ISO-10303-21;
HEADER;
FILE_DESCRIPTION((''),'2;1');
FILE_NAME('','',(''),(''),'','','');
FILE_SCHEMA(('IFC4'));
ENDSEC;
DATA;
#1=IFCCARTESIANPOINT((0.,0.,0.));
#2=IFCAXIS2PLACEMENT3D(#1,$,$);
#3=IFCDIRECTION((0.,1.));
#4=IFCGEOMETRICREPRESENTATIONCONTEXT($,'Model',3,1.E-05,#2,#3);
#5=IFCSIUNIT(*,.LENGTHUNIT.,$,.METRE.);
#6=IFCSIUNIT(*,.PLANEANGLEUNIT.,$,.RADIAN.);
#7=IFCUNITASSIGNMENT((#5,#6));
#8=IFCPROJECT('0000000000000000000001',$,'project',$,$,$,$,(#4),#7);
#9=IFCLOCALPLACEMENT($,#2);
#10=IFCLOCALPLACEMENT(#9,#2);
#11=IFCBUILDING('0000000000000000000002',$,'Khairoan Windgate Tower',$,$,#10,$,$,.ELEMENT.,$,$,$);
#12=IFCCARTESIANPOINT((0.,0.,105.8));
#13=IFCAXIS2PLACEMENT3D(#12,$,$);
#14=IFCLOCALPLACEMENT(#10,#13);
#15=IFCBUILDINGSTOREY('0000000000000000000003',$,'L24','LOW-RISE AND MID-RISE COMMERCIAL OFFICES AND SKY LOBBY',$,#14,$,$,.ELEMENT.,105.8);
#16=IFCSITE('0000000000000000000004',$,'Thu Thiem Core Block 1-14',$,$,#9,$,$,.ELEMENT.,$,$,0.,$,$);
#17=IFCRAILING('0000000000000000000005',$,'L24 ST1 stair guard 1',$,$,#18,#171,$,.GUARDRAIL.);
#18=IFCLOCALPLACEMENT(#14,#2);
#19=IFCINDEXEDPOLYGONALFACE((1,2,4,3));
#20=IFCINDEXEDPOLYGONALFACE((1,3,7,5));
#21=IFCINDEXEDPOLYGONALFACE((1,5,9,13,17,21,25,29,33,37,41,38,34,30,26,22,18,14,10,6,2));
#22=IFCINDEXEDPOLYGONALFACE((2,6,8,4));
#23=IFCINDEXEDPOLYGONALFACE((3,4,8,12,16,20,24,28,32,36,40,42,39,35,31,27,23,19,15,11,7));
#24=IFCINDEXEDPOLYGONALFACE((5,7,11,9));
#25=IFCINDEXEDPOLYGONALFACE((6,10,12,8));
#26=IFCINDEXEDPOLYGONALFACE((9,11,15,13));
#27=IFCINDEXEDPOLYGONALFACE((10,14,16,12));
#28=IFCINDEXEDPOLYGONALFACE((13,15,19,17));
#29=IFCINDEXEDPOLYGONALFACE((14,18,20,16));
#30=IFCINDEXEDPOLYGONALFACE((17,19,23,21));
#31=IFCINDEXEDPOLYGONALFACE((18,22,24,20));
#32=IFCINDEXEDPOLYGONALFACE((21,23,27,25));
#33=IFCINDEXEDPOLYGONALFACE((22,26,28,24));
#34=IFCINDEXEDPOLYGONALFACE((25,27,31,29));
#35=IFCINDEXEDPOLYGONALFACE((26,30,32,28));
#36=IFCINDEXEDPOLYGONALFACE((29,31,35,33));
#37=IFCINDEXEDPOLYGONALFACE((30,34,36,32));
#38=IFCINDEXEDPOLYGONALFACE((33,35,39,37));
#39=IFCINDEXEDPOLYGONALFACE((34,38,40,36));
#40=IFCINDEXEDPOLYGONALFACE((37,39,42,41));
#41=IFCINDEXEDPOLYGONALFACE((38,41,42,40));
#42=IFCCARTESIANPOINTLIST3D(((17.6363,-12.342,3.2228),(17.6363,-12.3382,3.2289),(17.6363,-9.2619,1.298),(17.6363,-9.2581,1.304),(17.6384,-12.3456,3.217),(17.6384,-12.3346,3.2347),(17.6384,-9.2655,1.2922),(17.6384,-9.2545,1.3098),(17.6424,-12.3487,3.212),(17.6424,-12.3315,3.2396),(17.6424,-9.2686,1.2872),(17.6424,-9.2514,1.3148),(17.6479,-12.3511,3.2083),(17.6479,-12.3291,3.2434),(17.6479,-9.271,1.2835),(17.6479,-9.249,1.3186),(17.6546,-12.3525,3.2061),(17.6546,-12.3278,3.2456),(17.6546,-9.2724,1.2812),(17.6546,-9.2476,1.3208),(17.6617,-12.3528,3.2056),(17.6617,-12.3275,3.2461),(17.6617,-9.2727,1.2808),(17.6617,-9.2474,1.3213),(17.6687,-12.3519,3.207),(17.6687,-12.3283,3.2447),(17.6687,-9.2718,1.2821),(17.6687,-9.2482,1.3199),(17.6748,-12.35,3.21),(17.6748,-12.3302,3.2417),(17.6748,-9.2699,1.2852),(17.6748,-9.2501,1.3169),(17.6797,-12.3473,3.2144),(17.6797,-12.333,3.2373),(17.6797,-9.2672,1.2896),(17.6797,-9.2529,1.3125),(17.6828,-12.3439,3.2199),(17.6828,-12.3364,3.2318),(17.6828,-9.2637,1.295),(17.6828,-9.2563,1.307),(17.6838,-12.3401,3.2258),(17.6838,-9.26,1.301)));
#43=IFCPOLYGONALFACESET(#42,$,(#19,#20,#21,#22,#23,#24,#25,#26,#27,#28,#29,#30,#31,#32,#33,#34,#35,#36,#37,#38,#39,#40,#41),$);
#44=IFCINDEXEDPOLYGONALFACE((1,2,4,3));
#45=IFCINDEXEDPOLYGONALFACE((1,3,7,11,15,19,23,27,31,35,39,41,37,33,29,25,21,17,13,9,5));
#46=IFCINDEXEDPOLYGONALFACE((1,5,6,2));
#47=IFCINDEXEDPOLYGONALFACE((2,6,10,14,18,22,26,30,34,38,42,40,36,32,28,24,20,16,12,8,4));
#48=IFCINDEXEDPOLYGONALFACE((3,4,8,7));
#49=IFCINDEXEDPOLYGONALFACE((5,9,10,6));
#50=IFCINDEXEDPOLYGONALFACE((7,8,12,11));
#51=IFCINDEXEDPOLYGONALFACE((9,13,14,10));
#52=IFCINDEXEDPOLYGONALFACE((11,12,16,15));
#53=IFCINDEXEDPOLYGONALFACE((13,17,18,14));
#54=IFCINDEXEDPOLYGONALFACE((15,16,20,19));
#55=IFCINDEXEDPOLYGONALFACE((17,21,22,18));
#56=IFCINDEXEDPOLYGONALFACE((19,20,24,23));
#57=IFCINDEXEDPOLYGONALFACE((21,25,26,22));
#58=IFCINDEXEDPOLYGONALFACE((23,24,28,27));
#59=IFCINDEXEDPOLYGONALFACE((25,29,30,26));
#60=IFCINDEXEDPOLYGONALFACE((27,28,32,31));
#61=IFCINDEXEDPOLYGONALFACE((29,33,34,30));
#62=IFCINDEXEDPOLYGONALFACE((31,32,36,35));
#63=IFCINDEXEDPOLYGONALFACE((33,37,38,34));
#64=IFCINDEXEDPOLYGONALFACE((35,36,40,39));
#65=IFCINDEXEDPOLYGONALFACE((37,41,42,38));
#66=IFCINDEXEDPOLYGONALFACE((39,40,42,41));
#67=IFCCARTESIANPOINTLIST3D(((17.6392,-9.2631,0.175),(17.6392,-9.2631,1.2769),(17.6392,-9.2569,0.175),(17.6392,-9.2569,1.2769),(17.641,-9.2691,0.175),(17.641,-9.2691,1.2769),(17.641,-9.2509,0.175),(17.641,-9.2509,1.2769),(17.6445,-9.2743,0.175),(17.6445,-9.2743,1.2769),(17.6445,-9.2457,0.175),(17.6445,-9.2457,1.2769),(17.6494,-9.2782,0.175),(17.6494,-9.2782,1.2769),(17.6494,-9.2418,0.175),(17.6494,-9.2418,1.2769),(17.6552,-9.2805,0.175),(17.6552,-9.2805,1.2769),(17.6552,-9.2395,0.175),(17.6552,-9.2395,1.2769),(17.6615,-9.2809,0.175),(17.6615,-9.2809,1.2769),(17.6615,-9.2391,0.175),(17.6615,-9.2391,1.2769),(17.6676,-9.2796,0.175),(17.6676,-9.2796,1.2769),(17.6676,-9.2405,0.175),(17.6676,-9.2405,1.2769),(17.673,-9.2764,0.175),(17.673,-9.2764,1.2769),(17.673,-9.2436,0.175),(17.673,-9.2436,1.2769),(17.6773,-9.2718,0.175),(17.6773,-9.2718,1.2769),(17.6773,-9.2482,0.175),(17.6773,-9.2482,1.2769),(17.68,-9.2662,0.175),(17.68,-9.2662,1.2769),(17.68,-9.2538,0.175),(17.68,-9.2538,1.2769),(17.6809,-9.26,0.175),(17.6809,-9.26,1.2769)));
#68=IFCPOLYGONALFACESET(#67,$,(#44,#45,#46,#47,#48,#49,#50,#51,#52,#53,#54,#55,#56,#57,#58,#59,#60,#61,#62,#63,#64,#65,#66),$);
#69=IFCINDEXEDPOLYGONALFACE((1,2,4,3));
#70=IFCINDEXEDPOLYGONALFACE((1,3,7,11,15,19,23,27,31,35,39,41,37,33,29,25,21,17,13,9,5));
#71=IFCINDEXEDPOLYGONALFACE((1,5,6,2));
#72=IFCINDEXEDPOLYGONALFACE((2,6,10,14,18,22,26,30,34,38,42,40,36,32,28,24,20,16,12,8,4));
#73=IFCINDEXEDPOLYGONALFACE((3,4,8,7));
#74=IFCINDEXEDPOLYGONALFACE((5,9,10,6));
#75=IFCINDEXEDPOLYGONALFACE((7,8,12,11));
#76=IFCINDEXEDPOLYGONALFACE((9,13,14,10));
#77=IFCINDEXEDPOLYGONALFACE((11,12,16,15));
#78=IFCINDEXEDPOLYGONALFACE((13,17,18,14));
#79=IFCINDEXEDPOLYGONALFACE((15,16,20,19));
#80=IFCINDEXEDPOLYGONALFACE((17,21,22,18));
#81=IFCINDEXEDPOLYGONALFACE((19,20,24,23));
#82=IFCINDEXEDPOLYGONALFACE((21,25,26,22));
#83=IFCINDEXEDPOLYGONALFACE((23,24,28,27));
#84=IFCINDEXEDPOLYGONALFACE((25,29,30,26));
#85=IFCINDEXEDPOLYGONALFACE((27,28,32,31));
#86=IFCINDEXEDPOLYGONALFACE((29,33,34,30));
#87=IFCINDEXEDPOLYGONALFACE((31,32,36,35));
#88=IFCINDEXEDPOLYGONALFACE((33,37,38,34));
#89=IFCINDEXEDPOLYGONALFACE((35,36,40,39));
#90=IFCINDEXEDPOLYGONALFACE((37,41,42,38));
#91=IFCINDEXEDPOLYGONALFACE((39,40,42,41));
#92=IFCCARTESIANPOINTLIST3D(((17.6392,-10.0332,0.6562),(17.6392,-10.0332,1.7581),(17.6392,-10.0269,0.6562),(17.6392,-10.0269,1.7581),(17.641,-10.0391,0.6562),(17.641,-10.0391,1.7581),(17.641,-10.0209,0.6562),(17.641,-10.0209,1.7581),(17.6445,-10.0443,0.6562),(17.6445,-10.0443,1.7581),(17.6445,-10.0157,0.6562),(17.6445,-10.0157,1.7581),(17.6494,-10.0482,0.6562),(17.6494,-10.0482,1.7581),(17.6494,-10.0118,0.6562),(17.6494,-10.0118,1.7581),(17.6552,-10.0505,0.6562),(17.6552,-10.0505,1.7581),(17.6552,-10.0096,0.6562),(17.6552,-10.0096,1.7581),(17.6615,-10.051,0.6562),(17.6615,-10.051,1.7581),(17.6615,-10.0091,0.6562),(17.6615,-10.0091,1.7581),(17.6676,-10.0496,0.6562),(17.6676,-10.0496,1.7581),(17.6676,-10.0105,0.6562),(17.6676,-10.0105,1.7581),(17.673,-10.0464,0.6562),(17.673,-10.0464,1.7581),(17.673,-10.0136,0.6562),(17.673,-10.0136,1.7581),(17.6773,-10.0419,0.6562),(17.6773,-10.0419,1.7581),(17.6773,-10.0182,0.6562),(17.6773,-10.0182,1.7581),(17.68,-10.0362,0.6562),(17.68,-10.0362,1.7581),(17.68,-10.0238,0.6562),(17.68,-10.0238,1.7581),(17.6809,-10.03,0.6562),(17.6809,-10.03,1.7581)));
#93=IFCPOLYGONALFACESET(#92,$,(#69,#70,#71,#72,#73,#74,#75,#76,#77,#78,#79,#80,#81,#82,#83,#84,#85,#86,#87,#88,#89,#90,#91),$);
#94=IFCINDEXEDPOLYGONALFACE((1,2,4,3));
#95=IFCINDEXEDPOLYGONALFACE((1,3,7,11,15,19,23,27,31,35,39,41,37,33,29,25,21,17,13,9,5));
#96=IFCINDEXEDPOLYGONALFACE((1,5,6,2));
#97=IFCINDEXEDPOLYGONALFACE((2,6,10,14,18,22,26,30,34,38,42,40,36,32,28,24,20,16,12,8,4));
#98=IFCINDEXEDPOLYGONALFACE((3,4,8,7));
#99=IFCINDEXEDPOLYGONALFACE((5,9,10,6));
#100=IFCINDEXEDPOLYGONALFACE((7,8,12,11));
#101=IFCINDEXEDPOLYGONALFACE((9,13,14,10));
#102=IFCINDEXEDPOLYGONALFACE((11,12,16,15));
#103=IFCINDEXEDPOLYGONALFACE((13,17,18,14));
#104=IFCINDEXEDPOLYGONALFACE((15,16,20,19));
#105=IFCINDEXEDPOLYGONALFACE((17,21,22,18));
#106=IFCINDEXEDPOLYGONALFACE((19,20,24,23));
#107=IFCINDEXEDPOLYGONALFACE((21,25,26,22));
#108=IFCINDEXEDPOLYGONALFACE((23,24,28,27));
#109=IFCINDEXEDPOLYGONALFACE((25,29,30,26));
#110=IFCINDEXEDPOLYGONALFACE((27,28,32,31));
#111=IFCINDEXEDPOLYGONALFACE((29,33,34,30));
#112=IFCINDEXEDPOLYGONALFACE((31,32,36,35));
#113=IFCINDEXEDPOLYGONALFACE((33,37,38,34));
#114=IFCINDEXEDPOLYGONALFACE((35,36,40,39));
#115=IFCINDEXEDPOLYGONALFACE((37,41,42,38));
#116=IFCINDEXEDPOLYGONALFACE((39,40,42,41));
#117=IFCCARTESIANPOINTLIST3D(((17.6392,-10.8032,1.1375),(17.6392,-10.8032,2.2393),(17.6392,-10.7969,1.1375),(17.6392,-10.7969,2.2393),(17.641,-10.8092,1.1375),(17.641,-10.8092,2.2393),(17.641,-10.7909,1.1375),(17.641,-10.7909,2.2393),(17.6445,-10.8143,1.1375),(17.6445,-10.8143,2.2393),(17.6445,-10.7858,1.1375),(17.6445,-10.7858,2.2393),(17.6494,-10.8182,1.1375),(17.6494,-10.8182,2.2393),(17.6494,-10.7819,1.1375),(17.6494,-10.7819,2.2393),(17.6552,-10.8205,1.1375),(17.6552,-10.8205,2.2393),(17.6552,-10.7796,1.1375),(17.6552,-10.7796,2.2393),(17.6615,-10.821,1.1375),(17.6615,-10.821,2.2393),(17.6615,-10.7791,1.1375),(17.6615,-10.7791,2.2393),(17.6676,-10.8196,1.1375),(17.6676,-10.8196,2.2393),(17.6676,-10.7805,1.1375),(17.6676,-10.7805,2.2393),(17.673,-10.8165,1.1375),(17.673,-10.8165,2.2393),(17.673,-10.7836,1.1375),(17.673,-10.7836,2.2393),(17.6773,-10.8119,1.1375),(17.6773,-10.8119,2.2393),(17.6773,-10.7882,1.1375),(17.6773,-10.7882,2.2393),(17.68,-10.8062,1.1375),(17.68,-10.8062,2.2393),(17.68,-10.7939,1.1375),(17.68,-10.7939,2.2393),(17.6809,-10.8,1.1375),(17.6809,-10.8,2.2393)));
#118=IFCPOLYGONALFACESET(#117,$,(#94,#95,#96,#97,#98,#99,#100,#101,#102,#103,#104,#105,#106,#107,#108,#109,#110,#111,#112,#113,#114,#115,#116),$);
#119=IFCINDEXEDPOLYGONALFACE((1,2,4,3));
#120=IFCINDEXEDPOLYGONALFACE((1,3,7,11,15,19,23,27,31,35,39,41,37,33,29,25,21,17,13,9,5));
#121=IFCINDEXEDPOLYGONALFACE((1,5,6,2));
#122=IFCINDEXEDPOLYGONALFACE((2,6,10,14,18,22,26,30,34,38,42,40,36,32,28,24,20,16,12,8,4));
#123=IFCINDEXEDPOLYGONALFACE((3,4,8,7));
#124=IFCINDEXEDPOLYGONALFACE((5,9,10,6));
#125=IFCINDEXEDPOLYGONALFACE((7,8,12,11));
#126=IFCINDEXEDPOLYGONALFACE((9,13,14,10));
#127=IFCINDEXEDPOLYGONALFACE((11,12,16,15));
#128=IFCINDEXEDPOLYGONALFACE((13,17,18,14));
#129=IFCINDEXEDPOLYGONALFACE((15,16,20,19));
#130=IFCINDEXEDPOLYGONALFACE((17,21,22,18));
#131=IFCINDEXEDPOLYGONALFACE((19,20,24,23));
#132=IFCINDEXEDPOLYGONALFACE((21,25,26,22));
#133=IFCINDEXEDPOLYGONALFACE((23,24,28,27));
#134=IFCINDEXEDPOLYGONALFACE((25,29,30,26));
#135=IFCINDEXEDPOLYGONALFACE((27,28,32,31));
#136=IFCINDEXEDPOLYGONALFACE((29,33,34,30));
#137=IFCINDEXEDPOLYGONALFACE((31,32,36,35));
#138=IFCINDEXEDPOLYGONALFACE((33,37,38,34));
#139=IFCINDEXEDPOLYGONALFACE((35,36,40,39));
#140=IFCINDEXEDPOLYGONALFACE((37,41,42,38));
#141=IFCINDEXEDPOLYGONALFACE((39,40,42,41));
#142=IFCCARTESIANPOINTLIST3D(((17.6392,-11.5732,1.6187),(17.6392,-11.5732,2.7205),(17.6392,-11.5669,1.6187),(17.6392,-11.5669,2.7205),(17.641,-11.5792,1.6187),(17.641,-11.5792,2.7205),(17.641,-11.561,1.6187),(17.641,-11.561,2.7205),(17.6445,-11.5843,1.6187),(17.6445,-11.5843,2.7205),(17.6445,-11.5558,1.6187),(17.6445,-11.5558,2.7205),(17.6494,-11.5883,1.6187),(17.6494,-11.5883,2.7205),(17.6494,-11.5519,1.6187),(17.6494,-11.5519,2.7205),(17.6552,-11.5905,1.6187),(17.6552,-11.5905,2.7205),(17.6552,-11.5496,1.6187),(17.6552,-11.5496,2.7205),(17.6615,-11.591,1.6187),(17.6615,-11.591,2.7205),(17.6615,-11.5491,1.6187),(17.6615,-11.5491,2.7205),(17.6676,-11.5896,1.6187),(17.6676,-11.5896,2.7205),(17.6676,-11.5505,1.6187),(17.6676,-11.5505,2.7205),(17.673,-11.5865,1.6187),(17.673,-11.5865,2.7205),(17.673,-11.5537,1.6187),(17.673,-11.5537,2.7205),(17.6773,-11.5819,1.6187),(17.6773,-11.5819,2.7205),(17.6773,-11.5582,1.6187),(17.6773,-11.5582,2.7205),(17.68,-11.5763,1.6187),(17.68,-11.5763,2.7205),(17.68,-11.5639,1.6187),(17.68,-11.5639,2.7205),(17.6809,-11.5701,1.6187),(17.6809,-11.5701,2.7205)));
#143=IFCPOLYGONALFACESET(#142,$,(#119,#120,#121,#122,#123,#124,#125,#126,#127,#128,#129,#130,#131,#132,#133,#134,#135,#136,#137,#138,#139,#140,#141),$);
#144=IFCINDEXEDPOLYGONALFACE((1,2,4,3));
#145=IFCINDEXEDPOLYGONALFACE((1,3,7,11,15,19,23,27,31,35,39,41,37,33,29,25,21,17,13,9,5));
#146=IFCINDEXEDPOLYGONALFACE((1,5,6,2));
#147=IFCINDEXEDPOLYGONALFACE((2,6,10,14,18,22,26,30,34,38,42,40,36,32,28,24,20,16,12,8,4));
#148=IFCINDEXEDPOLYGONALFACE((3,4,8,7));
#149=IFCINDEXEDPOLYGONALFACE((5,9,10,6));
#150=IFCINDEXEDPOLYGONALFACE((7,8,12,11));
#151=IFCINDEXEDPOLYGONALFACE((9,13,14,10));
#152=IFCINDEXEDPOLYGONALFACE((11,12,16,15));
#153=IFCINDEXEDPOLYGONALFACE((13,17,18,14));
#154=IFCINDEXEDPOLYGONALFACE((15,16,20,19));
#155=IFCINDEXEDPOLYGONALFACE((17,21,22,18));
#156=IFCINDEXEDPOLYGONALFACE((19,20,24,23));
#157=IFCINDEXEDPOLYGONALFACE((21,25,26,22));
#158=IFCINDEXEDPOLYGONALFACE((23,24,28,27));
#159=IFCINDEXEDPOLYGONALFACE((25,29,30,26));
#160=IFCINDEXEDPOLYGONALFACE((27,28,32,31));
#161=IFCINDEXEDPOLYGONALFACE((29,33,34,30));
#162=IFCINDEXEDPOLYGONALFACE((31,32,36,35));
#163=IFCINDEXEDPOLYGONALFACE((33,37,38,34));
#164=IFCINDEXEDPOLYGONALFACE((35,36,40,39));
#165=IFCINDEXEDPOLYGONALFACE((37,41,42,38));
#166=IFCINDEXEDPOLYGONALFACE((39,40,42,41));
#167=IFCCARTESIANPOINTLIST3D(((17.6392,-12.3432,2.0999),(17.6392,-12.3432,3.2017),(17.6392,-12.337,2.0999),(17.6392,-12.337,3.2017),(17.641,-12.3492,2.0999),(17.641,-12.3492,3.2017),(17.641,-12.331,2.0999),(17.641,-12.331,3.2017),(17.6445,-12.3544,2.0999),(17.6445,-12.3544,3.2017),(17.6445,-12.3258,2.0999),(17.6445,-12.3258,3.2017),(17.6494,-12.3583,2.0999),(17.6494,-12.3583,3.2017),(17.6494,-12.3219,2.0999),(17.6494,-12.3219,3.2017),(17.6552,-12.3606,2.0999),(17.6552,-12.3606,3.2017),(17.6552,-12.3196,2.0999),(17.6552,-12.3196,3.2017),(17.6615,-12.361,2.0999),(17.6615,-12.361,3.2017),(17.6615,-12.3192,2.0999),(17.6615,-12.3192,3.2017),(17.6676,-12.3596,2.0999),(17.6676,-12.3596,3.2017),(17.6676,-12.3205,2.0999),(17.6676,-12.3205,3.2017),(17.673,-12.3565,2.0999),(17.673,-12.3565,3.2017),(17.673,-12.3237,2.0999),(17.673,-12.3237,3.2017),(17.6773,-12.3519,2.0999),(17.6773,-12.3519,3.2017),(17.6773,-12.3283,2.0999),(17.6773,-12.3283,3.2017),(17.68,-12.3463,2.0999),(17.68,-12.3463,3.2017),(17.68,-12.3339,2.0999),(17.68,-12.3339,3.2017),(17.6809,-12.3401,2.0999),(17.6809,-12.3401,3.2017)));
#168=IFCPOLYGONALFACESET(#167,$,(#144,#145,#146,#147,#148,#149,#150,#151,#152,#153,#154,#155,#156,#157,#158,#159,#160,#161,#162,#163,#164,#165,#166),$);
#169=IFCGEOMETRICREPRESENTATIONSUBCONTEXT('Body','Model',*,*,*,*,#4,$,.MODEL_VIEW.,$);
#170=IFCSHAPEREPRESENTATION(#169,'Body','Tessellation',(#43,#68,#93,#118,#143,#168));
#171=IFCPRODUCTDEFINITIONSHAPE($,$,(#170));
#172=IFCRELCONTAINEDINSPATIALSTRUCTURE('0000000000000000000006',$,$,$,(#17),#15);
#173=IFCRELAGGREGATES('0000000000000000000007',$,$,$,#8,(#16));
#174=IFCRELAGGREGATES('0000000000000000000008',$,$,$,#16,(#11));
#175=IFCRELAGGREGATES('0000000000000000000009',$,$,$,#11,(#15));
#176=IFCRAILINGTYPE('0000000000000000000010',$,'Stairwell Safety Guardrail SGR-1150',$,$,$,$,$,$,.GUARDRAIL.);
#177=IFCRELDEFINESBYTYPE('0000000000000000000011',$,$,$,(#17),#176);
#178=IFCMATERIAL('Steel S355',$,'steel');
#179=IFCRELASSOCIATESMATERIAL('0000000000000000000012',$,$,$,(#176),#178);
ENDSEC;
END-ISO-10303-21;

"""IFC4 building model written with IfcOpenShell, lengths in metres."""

from ifc_helpers import new_model, si_unit, direction, frame, origin, origin_2d, place, context, subcontext, project, spatial, circle, extrude, material, type_object, element, save


model = new_model("IFC4")

# Units and contexts
model_context = context("Model", 3, precision=1e-05, world=origin(), true_north=direction((0.0, 1.0)))
body_context = subcontext(model_context, "Body", "Model", "MODEL_VIEW")
ifc_project = project(units=[si_unit("LENGTHUNIT", "METRE"), si_unit("PLANEANGLEUNIT", "RADIAN")], contexts=[model_context])

# Site, building, storey
site_placement = place(None, origin())
site = spatial("IfcSite", under=ifc_project, at=site_placement, Name="Thu Thiem Core Block 1-14", CompositionType="ELEMENT", RefElevation=0.0)
building_placement = place(site_placement, origin())
building = spatial("IfcBuilding", under=site, at=building_placement, Name="Khairoan Windgate Tower", CompositionType="ELEMENT")
storey_placement = place(building_placement, frame((0.0, 0.0, 105.8)))
storey = spatial("IfcBuildingStorey", under=building, at=storey_placement, Name="L24", Description="LOW-RISE AND MID-RISE COMMERCIAL OFFICES AND SKY LOBBY", CompositionType="ELEMENT", Elevation=105.8)

# Railing
ifc_material_1 = material(Name="Steel S355", Category="steel")
railing_type_1 = type_object("IfcRailingType", Name="Stairwell Safety Guardrail SGR-1150", PredefinedType="GUARDRAIL", material=ifc_material_1)
railing_1_placement = place(storey_placement, frame((17.6599, -9.26, 0.175)))
element("IfcRailing", 1, at=railing_1_placement, inside=storey, type_object=railing_type_1, Name="L24 ST1 stair guard 1", PredefinedType="GUARDRAIL", context=body_context, shape_type="SweptSolid", body=[
    extrude(circle(Radius=0.0239, at=origin_2d()), frame((0.0, 0.0, 1.126), z_axis=(0.0, -0.848029, 0.529951), x_axis=(1.0, 0.0, 0.0)), (0.0, 0.0, 1.0), 3.6321),
    extrude(circle(Radius=0.021, at=origin_2d()), origin(), (0.0, 0.0, 1.0), 1.1018),
    extrude(circle(Radius=0.021, at=origin_2d()), frame((0.0, -0.77, 0.4812)), (0.0, 0.0, 1.0), 1.1018),
    extrude(circle(Radius=0.021, at=origin_2d()), frame((0.0, -1.54, 0.9624)), (0.0, 0.0, 1.0), 1.1018),
    extrude(circle(Radius=0.021, at=origin_2d()), frame((0.0, -2.3101, 1.4436)), (0.0, 0.0, 1.0), 1.1018),
    extrude(circle(Radius=0.021, at=origin_2d()), frame((0.0, -3.0801, 1.9248)), (0.0, 0.0, 1.0), 1.1018),
])

save(model, "model.ifc")
